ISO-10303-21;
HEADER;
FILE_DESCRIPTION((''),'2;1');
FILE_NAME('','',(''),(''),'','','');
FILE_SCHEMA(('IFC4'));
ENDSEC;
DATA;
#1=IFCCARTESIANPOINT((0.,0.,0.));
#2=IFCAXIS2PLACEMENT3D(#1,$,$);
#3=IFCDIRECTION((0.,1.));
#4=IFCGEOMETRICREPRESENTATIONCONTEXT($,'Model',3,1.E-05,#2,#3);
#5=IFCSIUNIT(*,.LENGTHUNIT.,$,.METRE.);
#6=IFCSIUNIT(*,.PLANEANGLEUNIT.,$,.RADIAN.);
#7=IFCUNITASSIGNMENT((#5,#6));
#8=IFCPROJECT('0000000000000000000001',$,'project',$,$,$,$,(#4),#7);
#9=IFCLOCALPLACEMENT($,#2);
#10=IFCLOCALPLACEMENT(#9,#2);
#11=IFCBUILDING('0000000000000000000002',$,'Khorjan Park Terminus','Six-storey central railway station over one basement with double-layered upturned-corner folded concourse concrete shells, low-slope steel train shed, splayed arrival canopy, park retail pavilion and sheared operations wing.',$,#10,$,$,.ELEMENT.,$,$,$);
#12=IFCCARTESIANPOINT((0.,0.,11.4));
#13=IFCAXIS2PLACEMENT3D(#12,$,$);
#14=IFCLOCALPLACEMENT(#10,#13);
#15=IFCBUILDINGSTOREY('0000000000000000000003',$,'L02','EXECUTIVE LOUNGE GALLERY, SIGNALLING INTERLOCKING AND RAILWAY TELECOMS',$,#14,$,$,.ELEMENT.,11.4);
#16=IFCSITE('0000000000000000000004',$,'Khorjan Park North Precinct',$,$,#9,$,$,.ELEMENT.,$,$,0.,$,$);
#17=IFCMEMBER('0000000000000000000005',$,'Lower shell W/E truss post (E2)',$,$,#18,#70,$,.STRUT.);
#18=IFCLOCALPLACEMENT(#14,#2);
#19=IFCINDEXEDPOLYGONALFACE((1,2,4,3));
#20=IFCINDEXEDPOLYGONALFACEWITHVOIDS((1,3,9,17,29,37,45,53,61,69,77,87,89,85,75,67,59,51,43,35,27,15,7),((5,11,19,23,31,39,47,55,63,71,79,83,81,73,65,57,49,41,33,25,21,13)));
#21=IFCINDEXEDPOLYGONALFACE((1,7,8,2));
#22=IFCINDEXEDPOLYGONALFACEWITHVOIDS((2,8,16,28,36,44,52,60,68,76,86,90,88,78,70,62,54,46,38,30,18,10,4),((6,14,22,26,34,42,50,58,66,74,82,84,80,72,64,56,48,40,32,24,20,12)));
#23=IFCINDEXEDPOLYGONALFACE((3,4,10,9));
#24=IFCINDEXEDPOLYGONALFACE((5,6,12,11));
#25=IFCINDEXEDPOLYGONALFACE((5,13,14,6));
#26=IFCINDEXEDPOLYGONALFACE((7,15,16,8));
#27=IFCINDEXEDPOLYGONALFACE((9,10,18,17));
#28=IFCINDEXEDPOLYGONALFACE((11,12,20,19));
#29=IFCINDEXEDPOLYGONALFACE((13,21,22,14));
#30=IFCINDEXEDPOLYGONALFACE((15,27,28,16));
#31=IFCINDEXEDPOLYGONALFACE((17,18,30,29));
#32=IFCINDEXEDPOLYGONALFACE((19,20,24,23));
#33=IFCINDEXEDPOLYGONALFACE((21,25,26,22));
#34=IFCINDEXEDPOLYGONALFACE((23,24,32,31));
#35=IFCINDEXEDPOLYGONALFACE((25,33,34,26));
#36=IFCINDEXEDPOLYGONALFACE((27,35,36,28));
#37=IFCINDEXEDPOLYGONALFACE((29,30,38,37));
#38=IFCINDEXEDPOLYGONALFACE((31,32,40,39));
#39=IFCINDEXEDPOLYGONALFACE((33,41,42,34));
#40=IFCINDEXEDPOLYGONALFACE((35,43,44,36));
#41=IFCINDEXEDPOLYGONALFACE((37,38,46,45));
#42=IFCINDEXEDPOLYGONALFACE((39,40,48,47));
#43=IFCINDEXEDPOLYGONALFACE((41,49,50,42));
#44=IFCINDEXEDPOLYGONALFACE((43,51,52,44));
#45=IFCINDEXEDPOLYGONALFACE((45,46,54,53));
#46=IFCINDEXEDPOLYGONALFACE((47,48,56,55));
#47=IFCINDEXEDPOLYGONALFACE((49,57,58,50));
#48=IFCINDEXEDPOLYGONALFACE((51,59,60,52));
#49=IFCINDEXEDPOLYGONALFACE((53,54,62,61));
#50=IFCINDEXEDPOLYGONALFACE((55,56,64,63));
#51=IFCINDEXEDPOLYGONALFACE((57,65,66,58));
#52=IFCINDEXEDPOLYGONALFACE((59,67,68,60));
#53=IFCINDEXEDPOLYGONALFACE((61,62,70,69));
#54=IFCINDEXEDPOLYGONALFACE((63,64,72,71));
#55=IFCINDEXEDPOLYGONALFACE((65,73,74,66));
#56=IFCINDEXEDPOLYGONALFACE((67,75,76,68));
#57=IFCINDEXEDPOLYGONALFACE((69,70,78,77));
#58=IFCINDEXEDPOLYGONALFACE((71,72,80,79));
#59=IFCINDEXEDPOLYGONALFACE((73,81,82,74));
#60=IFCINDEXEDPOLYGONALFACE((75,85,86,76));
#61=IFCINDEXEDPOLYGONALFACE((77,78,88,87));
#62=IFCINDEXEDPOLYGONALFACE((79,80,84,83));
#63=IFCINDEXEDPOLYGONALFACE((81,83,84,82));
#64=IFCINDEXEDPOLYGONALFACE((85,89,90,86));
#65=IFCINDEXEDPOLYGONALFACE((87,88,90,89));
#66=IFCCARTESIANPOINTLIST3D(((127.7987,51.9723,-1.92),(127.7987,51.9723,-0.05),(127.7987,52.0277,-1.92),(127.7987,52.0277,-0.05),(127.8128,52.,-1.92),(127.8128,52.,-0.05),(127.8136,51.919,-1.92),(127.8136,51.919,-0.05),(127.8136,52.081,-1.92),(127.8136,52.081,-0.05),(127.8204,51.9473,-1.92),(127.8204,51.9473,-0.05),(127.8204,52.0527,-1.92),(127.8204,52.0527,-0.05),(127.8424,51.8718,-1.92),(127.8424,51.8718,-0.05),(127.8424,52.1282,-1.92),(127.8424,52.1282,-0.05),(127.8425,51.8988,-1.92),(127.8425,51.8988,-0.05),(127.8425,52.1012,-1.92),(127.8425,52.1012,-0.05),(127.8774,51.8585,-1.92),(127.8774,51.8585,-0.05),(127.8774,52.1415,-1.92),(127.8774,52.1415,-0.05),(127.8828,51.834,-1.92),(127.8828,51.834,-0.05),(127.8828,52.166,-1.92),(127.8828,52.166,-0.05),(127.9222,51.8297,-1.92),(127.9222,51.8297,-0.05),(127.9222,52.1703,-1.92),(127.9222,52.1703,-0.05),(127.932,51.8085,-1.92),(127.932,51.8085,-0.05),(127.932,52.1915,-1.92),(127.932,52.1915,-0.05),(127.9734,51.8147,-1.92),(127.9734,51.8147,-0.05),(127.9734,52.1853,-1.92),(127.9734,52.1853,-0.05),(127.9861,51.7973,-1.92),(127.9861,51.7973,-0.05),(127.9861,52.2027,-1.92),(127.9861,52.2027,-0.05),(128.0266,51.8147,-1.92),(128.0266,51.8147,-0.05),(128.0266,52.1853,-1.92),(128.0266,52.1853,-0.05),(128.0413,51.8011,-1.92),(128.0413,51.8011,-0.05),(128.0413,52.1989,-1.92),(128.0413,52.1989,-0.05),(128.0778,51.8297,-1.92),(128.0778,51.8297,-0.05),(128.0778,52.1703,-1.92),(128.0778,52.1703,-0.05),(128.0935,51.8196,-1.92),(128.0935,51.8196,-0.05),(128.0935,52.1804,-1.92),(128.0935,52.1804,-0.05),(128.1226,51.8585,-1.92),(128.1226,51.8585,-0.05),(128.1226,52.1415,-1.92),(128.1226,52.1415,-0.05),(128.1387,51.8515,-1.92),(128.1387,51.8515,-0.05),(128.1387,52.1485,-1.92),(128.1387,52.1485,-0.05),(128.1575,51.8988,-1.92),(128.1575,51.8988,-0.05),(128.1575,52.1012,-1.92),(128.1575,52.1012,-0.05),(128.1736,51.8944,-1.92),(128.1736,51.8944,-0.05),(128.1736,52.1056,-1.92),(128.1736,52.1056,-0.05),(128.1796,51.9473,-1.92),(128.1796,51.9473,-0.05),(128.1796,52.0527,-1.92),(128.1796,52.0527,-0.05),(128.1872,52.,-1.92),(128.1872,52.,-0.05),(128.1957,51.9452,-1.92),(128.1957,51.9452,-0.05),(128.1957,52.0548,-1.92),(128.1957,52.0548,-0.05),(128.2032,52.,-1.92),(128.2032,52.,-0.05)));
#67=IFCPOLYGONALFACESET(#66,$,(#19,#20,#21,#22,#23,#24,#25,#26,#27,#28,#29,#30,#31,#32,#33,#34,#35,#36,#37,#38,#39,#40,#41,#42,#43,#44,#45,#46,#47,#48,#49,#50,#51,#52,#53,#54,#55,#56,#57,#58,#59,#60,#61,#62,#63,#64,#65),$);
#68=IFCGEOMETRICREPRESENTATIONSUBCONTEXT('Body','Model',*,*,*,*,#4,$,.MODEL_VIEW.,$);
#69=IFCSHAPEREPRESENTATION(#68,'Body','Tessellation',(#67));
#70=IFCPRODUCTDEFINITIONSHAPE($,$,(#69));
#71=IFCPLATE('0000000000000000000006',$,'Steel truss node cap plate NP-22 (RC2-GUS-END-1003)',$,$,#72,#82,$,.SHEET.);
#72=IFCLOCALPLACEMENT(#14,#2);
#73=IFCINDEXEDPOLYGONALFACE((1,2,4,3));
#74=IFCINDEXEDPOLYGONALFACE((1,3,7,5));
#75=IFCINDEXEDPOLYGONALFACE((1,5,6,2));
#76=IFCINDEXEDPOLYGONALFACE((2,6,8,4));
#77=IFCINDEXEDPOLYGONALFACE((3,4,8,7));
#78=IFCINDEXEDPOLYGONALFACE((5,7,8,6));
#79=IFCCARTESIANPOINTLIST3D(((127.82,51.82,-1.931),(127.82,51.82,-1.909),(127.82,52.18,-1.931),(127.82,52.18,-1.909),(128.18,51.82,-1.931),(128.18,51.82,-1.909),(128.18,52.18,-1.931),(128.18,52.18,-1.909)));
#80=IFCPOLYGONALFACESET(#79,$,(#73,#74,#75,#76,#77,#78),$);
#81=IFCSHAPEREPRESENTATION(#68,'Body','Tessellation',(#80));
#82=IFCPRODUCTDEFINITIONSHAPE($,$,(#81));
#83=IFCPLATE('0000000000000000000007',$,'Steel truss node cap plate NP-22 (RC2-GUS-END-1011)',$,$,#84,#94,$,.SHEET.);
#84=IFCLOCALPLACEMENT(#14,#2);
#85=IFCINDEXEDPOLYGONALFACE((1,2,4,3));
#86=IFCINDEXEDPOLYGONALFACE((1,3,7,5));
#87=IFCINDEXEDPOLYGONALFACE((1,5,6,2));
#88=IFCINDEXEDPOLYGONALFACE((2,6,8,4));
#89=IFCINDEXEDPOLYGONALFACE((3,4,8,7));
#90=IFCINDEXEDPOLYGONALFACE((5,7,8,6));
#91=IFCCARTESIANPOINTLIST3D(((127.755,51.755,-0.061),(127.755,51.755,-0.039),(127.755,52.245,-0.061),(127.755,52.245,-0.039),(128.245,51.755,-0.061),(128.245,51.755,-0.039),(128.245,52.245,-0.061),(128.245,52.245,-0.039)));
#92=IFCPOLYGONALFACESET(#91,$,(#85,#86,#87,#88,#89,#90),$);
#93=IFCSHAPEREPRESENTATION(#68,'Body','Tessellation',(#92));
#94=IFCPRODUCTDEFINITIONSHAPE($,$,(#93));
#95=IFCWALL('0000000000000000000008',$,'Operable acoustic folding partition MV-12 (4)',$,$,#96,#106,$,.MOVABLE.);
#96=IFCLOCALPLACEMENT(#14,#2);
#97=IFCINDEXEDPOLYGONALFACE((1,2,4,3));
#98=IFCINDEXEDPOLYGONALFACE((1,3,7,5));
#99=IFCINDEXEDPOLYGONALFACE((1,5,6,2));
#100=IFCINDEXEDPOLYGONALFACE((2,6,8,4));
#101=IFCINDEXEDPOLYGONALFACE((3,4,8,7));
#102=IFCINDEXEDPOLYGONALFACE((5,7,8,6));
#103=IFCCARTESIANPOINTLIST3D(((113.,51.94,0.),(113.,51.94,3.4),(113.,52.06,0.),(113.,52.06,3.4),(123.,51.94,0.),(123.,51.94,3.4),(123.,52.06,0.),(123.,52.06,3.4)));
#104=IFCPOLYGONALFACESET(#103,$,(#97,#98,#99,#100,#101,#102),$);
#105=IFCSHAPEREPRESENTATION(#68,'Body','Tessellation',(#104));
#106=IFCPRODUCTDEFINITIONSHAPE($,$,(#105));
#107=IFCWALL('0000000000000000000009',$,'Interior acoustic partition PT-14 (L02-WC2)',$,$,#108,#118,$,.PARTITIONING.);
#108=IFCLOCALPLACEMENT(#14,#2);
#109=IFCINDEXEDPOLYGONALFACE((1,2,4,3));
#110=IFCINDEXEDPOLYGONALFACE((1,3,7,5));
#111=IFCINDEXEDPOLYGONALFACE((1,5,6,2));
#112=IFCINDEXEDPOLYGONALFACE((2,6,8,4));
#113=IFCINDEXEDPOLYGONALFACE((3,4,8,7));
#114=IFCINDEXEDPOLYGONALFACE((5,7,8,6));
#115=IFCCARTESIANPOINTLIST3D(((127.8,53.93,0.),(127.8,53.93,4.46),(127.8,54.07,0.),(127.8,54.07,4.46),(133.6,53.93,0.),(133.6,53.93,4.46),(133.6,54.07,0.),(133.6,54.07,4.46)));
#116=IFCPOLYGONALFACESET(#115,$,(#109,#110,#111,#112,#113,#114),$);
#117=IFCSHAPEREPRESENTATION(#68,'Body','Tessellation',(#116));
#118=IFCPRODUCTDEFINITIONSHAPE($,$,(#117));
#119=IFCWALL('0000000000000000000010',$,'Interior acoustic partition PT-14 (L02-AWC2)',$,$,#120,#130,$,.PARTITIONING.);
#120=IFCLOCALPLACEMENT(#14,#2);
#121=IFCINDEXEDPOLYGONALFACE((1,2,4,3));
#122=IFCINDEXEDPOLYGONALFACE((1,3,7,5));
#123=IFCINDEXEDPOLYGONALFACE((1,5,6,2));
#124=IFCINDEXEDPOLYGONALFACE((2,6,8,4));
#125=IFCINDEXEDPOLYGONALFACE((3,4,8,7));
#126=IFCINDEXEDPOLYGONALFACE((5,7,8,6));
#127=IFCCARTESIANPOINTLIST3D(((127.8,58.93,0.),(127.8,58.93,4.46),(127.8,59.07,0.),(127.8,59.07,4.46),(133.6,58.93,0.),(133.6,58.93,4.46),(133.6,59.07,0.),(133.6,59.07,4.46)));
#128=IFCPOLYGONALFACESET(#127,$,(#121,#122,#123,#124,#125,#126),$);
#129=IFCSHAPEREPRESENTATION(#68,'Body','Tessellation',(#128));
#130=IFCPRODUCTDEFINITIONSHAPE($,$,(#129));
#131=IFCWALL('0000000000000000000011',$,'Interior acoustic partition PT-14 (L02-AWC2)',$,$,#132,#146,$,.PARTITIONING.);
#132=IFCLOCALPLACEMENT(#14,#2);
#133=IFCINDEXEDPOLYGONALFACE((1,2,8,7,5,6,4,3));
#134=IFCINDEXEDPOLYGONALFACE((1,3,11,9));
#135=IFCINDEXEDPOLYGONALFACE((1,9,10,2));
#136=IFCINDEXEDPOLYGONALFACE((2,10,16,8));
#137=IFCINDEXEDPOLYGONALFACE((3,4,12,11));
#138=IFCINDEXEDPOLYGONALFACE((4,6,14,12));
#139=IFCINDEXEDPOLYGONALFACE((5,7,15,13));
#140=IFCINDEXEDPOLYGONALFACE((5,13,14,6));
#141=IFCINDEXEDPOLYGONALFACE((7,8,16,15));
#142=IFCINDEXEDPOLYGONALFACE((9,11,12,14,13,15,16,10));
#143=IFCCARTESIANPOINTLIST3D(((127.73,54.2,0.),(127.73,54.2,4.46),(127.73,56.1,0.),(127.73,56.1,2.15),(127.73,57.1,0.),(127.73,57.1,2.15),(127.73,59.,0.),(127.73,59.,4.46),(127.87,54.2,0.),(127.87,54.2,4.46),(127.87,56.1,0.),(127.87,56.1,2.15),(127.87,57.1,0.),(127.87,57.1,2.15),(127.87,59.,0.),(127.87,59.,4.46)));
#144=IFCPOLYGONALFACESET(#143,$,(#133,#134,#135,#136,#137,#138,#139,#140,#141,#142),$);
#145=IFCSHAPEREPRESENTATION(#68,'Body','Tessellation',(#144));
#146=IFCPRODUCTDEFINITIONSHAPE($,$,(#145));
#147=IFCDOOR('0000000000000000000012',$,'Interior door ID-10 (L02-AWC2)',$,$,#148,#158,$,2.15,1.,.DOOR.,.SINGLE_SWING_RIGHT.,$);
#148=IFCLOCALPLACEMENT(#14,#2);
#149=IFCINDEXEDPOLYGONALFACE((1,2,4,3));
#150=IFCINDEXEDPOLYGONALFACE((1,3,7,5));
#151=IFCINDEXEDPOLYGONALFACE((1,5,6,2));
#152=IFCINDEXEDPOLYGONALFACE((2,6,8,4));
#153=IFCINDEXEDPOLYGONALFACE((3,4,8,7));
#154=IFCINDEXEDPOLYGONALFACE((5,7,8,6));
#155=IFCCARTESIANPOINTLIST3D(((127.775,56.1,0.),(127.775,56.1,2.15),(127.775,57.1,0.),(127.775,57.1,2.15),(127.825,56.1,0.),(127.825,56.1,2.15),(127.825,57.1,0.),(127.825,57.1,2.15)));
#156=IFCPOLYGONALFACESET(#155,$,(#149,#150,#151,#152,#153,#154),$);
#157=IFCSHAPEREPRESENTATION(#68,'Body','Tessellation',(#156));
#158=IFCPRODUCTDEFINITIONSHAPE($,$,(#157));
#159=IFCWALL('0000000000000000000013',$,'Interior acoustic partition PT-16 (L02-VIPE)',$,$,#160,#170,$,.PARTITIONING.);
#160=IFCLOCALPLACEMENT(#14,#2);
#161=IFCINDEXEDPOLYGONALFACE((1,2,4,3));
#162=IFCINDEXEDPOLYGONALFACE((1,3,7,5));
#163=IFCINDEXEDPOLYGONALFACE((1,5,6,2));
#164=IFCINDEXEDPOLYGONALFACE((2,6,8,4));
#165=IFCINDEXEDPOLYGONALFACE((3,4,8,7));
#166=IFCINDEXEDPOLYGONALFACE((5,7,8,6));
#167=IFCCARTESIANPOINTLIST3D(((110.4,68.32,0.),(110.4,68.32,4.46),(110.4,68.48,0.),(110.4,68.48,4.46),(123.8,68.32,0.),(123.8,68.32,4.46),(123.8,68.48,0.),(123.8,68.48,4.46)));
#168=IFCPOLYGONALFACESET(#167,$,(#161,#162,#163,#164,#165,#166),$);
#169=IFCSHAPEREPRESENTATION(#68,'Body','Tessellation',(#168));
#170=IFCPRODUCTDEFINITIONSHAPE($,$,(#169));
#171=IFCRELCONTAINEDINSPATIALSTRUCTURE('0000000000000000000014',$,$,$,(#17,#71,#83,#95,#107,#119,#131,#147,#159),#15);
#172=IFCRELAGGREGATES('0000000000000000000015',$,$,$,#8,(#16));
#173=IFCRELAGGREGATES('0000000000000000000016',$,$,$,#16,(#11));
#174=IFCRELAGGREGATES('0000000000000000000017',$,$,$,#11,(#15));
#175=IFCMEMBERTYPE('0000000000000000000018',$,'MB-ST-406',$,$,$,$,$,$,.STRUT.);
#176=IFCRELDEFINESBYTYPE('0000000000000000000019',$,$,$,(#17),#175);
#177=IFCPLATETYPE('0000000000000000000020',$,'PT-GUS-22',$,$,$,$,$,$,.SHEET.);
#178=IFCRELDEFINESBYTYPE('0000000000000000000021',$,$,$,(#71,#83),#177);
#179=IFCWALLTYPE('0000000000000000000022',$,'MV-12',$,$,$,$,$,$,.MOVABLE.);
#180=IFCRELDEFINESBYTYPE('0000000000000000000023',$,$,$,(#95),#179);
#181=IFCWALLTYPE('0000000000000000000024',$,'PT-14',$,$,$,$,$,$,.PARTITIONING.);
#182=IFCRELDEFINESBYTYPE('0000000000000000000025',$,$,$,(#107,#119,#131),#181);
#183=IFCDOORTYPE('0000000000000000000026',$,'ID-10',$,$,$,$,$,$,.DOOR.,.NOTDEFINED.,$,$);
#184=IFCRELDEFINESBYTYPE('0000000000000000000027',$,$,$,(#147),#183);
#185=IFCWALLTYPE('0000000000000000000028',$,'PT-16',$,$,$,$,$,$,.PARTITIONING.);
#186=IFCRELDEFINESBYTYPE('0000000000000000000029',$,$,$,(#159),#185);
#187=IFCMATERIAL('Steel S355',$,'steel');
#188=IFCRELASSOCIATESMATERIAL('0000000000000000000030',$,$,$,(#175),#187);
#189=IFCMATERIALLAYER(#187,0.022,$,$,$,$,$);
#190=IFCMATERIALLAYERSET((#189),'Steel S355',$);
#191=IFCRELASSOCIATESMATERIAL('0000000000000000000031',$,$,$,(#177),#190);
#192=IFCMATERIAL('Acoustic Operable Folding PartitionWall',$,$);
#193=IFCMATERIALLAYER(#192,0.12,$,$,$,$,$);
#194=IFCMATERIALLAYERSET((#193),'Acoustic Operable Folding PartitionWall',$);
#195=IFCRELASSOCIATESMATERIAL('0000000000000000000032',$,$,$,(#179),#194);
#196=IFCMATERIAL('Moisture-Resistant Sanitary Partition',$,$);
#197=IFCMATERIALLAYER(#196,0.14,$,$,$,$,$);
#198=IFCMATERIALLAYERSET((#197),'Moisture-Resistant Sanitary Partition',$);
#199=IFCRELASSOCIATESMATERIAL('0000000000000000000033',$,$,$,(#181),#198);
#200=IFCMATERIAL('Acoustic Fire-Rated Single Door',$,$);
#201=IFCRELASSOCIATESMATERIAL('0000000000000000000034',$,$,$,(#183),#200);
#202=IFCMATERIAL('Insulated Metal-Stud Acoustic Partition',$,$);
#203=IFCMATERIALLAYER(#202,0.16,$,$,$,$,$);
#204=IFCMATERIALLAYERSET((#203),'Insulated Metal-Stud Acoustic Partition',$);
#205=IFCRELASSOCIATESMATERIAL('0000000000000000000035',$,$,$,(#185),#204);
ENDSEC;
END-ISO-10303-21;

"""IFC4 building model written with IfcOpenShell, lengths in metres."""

from ifc_helpers import new_model, si_unit, direction, frame, frame_2d, origin, origin_2d, place, context, subcontext, project, spatial, rectangle, hollow_circle, extrude, material, layer, layer_set, material_profile, profile_set, type_object, element, fill, save


model = new_model("IFC4")

# Units and contexts
model_context = context("Model", 3, precision=1e-05, world=origin(), true_north=direction((0.0, 1.0)))
body_context = subcontext(model_context, "Body", "Model", "MODEL_VIEW")
ifc_project = project(units=[si_unit("LENGTHUNIT", "METRE"), si_unit("PLANEANGLEUNIT", "RADIAN")], contexts=[model_context])

# Site, building, storey
site_placement = place(None, origin())
site = spatial("IfcSite", under=ifc_project, at=site_placement, Name="Khorjan Park North Precinct", CompositionType="ELEMENT", RefElevation=0.0)
building_placement = place(site_placement, origin())
building = spatial("IfcBuilding", under=site, at=building_placement, Name="Khorjan Park Terminus", Description="Six-storey central railway station over one basement with double-layered upturned-corner folded concourse concrete shells, low-slope steel train shed, splayed arrival canopy, park retail pavilion and sheared operations wing.", CompositionType="ELEMENT")
storey_placement = place(building_placement, frame((0.0, 0.0, 11.4)))
storey = spatial("IfcBuildingStorey", under=building, at=storey_placement, Name="L02", Description="EXECUTIVE LOUNGE GALLERY, SIGNALLING INTERLOCKING AND RAILWAY TELECOMS", CompositionType="ELEMENT", Elevation=11.4)

# Shared definitions
ifc_material_1 = material(Name="Steel S355", Category="steel")

# Member
ifc_material_profile_1 = material_profile(ifc_material_1, hollow_circle(Radius=0.2032, WallThickness=0.016, at=origin_2d()), Name="CHS 406.4x16")
ifc_profile_set_1 = profile_set([ifc_material_profile_1], Name="Steel S355")
member_type_1 = type_object("IfcMemberType", Name="MB-ST-406", PredefinedType="STRUT", material=ifc_profile_set_1)
member_1_placement = place(storey_placement, frame((128.0, 52.0, -1.92), z_axis=(0.0, 0.0, 1.0), x_axis=(1.0, 0.0, 0.0)))
element("IfcMember", 1, at=member_1_placement, inside=storey, type_object=member_type_1, Name="Lower shell W/E truss post (E2)", PredefinedType="STRUT", context=body_context, shape_type="SweptSolid", body=[
    extrude(hollow_circle(Radius=0.2032, WallThickness=0.016, at=origin_2d()), origin(), (0.0, 0.0, 1.0), 1.87),
])

# Plates
ifc_layer_1 = layer(ifc_material_1, 0.022)
ifc_layer_set_1 = layer_set([ifc_layer_1], Name="Steel S355")
plate_type = type_object("IfcPlateType", Name="PT-GUS-22", PredefinedType="SHEET", material=ifc_layer_set_1)
plate_1_placement = place(storey_placement, frame((128.0, 52.0, -1.931), z_axis=(0.0, 0.0, 1.0), x_axis=(1.0, 0.0, 0.0)))
element("IfcPlate", 2, at=plate_1_placement, inside=storey, type_object=plate_type, Name="Steel truss node cap plate NP-22 (RC2-GUS-END-1003)", PredefinedType="SHEET", context=body_context, shape_type="SweptSolid", body=[
    extrude(rectangle(XDim=0.36, YDim=0.36, at=origin_2d()), origin(), (0.0, 0.0, 1.0), 0.022),
])
plate_2_placement = place(storey_placement, frame((128.0, 52.0, -0.061), z_axis=(0.0, 0.0, 1.0), x_axis=(1.0, 0.0, 0.0)))
element("IfcPlate", 3, at=plate_2_placement, inside=storey, type_object=plate_type, Name="Steel truss node cap plate NP-22 (RC2-GUS-END-1011)", PredefinedType="SHEET", context=body_context, shape_type="SweptSolid", body=[
    extrude(rectangle(XDim=0.49, YDim=0.49, at=origin_2d()), origin(), (0.0, 0.0, 1.0), 0.022),
])

# Walls
ifc_material_2 = material(Name="Acoustic Operable Folding PartitionWall")
ifc_layer_2 = layer(ifc_material_2, 0.12)
ifc_layer_set_2 = layer_set([ifc_layer_2], Name="Acoustic Operable Folding PartitionWall")
wall_type_1 = type_object("IfcWallType", Name="MV-12", PredefinedType="MOVABLE", material=ifc_layer_set_2)
wall_1_placement = place(storey_placement, frame((113.0, 52.0, 0.0), z_axis=(0.0, 0.0, 1.0), x_axis=(1.0, 0.0, 0.0)))
element("IfcWall", 4, at=wall_1_placement, inside=storey, type_object=wall_type_1, Name="Operable acoustic folding partition MV-12 (4)", PredefinedType="MOVABLE", context=body_context, shape_type="SweptSolid", body=[
    extrude(rectangle(XDim=10.0, YDim=0.12, at=frame_2d((5.0, 0.0))), origin(), (0.0, 0.0, 1.0), 3.4),
])
ifc_material_3 = material(Name="Moisture-Resistant Sanitary Partition")
ifc_layer_3 = layer(ifc_material_3, 0.14)
ifc_layer_set_3 = layer_set([ifc_layer_3], Name="Moisture-Resistant Sanitary Partition")
wall_type_2 = type_object("IfcWallType", Name="PT-14", PredefinedType="PARTITIONING", material=ifc_layer_set_3)
for number, where, z_axis, x_axis, name in (
    (5, (127.8, 54.0, 0.0), (0.0, 0.0, 1.0), (1.0, 0.0, 0.0), "Interior acoustic partition PT-14 (L02-WC2)"),
    (6, (127.8, 59.0, 0.0), (0.0, 0.0, 1.0), (1.0, 0.0, 0.0), "Interior acoustic partition PT-14 (L02-AWC2)"),
):
    element("IfcWall", number, at=place(storey_placement, frame(where, z_axis=z_axis, x_axis=x_axis)), inside=storey, type_object=wall_type_2, Name=name, PredefinedType="PARTITIONING", context=body_context, shape_type="SweptSolid", body=[
        extrude(rectangle(XDim=5.8, YDim=0.14, at=frame_2d((2.9, 0.0))), origin(), (0.0, 0.0, 1.0), 4.46),
    ])

# Wall, opening, door
wall_2_placement = place(storey_placement, frame((127.8, 54.2, 0.0), z_axis=(0.0, 0.0, 1.0), x_axis=(0.0, 1.0, 0.0)))
wall_2 = element("IfcWall", 7, at=wall_2_placement, inside=storey, type_object=wall_type_2, Name="Interior acoustic partition PT-14 (L02-AWC2)", PredefinedType="PARTITIONING", context=body_context, shape_type="SweptSolid", body=[
    extrude(rectangle(XDim=4.8, YDim=0.14, at=frame_2d((2.4, 0.0))), origin(), (0.0, 0.0, 1.0), 4.46),
])
opening_1_placement = place(wall_2_placement, frame((1.9, 0.0, 0.0)))
opening_1 = element("IfcOpeningElement", 8, at=opening_1_placement, cuts=wall_2, PredefinedType="OPENING", context=body_context, shape_type="SweptSolid", body=[
    extrude(rectangle(XDim=1.0, YDim=2.15, at=frame_2d((0.5, 1.075))), frame((0.0, 0.08, 0.0), z_axis=(0.0, -1.0, 0.0), x_axis=(1.0, 0.0, 0.0)), (0.0, 0.0, 1.0), 0.16),
])
ifc_material_4 = material(Name="Acoustic Fire-Rated Single Door")
door_type_1 = type_object("IfcDoorType", Name="ID-10", OperationType="NOTDEFINED", PredefinedType="DOOR", material=ifc_material_4)
door_1_placement = place(opening_1_placement, origin())
door_1 = element("IfcDoor", 9, at=door_1_placement, inside=storey, type_object=door_type_1, Name="Interior door ID-10 (L02-AWC2)", OperationType="SINGLE_SWING_RIGHT", OverallHeight=2.15, OverallWidth=1.0, PredefinedType="DOOR", context=body_context, shape_type="SweptSolid", body=[
    extrude(rectangle(XDim=1.0, YDim=2.15, at=frame_2d((0.5, 1.075))), frame((0.0, 0.025, 0.0), z_axis=(0.0, -1.0, 0.0), x_axis=(1.0, 0.0, 0.0)), (0.0, 0.0, 1.0), 0.05),
])
fill(opening_1, door_1)

# Wall
ifc_material_5 = material(Name="Insulated Metal-Stud Acoustic Partition")
ifc_layer_4 = layer(ifc_material_5, 0.16)
ifc_layer_set_4 = layer_set([ifc_layer_4], Name="Insulated Metal-Stud Acoustic Partition")
wall_type_3 = type_object("IfcWallType", Name="PT-16", PredefinedType="PARTITIONING", material=ifc_layer_set_4)
wall_3_placement = place(storey_placement, frame((110.4, 68.4, 0.0), z_axis=(0.0, 0.0, 1.0), x_axis=(1.0, 0.0, 0.0)))
element("IfcWall", 10, at=wall_3_placement, inside=storey, type_object=wall_type_3, Name="Interior acoustic partition PT-16 (L02-VIPE)", PredefinedType="PARTITIONING", context=body_context, shape_type="SweptSolid", body=[
    extrude(rectangle(XDim=13.4, YDim=0.16, at=frame_2d((6.7, 0.0))), origin(), (0.0, 0.0, 1.0), 4.46),
])

save(model, "model.ifc")
